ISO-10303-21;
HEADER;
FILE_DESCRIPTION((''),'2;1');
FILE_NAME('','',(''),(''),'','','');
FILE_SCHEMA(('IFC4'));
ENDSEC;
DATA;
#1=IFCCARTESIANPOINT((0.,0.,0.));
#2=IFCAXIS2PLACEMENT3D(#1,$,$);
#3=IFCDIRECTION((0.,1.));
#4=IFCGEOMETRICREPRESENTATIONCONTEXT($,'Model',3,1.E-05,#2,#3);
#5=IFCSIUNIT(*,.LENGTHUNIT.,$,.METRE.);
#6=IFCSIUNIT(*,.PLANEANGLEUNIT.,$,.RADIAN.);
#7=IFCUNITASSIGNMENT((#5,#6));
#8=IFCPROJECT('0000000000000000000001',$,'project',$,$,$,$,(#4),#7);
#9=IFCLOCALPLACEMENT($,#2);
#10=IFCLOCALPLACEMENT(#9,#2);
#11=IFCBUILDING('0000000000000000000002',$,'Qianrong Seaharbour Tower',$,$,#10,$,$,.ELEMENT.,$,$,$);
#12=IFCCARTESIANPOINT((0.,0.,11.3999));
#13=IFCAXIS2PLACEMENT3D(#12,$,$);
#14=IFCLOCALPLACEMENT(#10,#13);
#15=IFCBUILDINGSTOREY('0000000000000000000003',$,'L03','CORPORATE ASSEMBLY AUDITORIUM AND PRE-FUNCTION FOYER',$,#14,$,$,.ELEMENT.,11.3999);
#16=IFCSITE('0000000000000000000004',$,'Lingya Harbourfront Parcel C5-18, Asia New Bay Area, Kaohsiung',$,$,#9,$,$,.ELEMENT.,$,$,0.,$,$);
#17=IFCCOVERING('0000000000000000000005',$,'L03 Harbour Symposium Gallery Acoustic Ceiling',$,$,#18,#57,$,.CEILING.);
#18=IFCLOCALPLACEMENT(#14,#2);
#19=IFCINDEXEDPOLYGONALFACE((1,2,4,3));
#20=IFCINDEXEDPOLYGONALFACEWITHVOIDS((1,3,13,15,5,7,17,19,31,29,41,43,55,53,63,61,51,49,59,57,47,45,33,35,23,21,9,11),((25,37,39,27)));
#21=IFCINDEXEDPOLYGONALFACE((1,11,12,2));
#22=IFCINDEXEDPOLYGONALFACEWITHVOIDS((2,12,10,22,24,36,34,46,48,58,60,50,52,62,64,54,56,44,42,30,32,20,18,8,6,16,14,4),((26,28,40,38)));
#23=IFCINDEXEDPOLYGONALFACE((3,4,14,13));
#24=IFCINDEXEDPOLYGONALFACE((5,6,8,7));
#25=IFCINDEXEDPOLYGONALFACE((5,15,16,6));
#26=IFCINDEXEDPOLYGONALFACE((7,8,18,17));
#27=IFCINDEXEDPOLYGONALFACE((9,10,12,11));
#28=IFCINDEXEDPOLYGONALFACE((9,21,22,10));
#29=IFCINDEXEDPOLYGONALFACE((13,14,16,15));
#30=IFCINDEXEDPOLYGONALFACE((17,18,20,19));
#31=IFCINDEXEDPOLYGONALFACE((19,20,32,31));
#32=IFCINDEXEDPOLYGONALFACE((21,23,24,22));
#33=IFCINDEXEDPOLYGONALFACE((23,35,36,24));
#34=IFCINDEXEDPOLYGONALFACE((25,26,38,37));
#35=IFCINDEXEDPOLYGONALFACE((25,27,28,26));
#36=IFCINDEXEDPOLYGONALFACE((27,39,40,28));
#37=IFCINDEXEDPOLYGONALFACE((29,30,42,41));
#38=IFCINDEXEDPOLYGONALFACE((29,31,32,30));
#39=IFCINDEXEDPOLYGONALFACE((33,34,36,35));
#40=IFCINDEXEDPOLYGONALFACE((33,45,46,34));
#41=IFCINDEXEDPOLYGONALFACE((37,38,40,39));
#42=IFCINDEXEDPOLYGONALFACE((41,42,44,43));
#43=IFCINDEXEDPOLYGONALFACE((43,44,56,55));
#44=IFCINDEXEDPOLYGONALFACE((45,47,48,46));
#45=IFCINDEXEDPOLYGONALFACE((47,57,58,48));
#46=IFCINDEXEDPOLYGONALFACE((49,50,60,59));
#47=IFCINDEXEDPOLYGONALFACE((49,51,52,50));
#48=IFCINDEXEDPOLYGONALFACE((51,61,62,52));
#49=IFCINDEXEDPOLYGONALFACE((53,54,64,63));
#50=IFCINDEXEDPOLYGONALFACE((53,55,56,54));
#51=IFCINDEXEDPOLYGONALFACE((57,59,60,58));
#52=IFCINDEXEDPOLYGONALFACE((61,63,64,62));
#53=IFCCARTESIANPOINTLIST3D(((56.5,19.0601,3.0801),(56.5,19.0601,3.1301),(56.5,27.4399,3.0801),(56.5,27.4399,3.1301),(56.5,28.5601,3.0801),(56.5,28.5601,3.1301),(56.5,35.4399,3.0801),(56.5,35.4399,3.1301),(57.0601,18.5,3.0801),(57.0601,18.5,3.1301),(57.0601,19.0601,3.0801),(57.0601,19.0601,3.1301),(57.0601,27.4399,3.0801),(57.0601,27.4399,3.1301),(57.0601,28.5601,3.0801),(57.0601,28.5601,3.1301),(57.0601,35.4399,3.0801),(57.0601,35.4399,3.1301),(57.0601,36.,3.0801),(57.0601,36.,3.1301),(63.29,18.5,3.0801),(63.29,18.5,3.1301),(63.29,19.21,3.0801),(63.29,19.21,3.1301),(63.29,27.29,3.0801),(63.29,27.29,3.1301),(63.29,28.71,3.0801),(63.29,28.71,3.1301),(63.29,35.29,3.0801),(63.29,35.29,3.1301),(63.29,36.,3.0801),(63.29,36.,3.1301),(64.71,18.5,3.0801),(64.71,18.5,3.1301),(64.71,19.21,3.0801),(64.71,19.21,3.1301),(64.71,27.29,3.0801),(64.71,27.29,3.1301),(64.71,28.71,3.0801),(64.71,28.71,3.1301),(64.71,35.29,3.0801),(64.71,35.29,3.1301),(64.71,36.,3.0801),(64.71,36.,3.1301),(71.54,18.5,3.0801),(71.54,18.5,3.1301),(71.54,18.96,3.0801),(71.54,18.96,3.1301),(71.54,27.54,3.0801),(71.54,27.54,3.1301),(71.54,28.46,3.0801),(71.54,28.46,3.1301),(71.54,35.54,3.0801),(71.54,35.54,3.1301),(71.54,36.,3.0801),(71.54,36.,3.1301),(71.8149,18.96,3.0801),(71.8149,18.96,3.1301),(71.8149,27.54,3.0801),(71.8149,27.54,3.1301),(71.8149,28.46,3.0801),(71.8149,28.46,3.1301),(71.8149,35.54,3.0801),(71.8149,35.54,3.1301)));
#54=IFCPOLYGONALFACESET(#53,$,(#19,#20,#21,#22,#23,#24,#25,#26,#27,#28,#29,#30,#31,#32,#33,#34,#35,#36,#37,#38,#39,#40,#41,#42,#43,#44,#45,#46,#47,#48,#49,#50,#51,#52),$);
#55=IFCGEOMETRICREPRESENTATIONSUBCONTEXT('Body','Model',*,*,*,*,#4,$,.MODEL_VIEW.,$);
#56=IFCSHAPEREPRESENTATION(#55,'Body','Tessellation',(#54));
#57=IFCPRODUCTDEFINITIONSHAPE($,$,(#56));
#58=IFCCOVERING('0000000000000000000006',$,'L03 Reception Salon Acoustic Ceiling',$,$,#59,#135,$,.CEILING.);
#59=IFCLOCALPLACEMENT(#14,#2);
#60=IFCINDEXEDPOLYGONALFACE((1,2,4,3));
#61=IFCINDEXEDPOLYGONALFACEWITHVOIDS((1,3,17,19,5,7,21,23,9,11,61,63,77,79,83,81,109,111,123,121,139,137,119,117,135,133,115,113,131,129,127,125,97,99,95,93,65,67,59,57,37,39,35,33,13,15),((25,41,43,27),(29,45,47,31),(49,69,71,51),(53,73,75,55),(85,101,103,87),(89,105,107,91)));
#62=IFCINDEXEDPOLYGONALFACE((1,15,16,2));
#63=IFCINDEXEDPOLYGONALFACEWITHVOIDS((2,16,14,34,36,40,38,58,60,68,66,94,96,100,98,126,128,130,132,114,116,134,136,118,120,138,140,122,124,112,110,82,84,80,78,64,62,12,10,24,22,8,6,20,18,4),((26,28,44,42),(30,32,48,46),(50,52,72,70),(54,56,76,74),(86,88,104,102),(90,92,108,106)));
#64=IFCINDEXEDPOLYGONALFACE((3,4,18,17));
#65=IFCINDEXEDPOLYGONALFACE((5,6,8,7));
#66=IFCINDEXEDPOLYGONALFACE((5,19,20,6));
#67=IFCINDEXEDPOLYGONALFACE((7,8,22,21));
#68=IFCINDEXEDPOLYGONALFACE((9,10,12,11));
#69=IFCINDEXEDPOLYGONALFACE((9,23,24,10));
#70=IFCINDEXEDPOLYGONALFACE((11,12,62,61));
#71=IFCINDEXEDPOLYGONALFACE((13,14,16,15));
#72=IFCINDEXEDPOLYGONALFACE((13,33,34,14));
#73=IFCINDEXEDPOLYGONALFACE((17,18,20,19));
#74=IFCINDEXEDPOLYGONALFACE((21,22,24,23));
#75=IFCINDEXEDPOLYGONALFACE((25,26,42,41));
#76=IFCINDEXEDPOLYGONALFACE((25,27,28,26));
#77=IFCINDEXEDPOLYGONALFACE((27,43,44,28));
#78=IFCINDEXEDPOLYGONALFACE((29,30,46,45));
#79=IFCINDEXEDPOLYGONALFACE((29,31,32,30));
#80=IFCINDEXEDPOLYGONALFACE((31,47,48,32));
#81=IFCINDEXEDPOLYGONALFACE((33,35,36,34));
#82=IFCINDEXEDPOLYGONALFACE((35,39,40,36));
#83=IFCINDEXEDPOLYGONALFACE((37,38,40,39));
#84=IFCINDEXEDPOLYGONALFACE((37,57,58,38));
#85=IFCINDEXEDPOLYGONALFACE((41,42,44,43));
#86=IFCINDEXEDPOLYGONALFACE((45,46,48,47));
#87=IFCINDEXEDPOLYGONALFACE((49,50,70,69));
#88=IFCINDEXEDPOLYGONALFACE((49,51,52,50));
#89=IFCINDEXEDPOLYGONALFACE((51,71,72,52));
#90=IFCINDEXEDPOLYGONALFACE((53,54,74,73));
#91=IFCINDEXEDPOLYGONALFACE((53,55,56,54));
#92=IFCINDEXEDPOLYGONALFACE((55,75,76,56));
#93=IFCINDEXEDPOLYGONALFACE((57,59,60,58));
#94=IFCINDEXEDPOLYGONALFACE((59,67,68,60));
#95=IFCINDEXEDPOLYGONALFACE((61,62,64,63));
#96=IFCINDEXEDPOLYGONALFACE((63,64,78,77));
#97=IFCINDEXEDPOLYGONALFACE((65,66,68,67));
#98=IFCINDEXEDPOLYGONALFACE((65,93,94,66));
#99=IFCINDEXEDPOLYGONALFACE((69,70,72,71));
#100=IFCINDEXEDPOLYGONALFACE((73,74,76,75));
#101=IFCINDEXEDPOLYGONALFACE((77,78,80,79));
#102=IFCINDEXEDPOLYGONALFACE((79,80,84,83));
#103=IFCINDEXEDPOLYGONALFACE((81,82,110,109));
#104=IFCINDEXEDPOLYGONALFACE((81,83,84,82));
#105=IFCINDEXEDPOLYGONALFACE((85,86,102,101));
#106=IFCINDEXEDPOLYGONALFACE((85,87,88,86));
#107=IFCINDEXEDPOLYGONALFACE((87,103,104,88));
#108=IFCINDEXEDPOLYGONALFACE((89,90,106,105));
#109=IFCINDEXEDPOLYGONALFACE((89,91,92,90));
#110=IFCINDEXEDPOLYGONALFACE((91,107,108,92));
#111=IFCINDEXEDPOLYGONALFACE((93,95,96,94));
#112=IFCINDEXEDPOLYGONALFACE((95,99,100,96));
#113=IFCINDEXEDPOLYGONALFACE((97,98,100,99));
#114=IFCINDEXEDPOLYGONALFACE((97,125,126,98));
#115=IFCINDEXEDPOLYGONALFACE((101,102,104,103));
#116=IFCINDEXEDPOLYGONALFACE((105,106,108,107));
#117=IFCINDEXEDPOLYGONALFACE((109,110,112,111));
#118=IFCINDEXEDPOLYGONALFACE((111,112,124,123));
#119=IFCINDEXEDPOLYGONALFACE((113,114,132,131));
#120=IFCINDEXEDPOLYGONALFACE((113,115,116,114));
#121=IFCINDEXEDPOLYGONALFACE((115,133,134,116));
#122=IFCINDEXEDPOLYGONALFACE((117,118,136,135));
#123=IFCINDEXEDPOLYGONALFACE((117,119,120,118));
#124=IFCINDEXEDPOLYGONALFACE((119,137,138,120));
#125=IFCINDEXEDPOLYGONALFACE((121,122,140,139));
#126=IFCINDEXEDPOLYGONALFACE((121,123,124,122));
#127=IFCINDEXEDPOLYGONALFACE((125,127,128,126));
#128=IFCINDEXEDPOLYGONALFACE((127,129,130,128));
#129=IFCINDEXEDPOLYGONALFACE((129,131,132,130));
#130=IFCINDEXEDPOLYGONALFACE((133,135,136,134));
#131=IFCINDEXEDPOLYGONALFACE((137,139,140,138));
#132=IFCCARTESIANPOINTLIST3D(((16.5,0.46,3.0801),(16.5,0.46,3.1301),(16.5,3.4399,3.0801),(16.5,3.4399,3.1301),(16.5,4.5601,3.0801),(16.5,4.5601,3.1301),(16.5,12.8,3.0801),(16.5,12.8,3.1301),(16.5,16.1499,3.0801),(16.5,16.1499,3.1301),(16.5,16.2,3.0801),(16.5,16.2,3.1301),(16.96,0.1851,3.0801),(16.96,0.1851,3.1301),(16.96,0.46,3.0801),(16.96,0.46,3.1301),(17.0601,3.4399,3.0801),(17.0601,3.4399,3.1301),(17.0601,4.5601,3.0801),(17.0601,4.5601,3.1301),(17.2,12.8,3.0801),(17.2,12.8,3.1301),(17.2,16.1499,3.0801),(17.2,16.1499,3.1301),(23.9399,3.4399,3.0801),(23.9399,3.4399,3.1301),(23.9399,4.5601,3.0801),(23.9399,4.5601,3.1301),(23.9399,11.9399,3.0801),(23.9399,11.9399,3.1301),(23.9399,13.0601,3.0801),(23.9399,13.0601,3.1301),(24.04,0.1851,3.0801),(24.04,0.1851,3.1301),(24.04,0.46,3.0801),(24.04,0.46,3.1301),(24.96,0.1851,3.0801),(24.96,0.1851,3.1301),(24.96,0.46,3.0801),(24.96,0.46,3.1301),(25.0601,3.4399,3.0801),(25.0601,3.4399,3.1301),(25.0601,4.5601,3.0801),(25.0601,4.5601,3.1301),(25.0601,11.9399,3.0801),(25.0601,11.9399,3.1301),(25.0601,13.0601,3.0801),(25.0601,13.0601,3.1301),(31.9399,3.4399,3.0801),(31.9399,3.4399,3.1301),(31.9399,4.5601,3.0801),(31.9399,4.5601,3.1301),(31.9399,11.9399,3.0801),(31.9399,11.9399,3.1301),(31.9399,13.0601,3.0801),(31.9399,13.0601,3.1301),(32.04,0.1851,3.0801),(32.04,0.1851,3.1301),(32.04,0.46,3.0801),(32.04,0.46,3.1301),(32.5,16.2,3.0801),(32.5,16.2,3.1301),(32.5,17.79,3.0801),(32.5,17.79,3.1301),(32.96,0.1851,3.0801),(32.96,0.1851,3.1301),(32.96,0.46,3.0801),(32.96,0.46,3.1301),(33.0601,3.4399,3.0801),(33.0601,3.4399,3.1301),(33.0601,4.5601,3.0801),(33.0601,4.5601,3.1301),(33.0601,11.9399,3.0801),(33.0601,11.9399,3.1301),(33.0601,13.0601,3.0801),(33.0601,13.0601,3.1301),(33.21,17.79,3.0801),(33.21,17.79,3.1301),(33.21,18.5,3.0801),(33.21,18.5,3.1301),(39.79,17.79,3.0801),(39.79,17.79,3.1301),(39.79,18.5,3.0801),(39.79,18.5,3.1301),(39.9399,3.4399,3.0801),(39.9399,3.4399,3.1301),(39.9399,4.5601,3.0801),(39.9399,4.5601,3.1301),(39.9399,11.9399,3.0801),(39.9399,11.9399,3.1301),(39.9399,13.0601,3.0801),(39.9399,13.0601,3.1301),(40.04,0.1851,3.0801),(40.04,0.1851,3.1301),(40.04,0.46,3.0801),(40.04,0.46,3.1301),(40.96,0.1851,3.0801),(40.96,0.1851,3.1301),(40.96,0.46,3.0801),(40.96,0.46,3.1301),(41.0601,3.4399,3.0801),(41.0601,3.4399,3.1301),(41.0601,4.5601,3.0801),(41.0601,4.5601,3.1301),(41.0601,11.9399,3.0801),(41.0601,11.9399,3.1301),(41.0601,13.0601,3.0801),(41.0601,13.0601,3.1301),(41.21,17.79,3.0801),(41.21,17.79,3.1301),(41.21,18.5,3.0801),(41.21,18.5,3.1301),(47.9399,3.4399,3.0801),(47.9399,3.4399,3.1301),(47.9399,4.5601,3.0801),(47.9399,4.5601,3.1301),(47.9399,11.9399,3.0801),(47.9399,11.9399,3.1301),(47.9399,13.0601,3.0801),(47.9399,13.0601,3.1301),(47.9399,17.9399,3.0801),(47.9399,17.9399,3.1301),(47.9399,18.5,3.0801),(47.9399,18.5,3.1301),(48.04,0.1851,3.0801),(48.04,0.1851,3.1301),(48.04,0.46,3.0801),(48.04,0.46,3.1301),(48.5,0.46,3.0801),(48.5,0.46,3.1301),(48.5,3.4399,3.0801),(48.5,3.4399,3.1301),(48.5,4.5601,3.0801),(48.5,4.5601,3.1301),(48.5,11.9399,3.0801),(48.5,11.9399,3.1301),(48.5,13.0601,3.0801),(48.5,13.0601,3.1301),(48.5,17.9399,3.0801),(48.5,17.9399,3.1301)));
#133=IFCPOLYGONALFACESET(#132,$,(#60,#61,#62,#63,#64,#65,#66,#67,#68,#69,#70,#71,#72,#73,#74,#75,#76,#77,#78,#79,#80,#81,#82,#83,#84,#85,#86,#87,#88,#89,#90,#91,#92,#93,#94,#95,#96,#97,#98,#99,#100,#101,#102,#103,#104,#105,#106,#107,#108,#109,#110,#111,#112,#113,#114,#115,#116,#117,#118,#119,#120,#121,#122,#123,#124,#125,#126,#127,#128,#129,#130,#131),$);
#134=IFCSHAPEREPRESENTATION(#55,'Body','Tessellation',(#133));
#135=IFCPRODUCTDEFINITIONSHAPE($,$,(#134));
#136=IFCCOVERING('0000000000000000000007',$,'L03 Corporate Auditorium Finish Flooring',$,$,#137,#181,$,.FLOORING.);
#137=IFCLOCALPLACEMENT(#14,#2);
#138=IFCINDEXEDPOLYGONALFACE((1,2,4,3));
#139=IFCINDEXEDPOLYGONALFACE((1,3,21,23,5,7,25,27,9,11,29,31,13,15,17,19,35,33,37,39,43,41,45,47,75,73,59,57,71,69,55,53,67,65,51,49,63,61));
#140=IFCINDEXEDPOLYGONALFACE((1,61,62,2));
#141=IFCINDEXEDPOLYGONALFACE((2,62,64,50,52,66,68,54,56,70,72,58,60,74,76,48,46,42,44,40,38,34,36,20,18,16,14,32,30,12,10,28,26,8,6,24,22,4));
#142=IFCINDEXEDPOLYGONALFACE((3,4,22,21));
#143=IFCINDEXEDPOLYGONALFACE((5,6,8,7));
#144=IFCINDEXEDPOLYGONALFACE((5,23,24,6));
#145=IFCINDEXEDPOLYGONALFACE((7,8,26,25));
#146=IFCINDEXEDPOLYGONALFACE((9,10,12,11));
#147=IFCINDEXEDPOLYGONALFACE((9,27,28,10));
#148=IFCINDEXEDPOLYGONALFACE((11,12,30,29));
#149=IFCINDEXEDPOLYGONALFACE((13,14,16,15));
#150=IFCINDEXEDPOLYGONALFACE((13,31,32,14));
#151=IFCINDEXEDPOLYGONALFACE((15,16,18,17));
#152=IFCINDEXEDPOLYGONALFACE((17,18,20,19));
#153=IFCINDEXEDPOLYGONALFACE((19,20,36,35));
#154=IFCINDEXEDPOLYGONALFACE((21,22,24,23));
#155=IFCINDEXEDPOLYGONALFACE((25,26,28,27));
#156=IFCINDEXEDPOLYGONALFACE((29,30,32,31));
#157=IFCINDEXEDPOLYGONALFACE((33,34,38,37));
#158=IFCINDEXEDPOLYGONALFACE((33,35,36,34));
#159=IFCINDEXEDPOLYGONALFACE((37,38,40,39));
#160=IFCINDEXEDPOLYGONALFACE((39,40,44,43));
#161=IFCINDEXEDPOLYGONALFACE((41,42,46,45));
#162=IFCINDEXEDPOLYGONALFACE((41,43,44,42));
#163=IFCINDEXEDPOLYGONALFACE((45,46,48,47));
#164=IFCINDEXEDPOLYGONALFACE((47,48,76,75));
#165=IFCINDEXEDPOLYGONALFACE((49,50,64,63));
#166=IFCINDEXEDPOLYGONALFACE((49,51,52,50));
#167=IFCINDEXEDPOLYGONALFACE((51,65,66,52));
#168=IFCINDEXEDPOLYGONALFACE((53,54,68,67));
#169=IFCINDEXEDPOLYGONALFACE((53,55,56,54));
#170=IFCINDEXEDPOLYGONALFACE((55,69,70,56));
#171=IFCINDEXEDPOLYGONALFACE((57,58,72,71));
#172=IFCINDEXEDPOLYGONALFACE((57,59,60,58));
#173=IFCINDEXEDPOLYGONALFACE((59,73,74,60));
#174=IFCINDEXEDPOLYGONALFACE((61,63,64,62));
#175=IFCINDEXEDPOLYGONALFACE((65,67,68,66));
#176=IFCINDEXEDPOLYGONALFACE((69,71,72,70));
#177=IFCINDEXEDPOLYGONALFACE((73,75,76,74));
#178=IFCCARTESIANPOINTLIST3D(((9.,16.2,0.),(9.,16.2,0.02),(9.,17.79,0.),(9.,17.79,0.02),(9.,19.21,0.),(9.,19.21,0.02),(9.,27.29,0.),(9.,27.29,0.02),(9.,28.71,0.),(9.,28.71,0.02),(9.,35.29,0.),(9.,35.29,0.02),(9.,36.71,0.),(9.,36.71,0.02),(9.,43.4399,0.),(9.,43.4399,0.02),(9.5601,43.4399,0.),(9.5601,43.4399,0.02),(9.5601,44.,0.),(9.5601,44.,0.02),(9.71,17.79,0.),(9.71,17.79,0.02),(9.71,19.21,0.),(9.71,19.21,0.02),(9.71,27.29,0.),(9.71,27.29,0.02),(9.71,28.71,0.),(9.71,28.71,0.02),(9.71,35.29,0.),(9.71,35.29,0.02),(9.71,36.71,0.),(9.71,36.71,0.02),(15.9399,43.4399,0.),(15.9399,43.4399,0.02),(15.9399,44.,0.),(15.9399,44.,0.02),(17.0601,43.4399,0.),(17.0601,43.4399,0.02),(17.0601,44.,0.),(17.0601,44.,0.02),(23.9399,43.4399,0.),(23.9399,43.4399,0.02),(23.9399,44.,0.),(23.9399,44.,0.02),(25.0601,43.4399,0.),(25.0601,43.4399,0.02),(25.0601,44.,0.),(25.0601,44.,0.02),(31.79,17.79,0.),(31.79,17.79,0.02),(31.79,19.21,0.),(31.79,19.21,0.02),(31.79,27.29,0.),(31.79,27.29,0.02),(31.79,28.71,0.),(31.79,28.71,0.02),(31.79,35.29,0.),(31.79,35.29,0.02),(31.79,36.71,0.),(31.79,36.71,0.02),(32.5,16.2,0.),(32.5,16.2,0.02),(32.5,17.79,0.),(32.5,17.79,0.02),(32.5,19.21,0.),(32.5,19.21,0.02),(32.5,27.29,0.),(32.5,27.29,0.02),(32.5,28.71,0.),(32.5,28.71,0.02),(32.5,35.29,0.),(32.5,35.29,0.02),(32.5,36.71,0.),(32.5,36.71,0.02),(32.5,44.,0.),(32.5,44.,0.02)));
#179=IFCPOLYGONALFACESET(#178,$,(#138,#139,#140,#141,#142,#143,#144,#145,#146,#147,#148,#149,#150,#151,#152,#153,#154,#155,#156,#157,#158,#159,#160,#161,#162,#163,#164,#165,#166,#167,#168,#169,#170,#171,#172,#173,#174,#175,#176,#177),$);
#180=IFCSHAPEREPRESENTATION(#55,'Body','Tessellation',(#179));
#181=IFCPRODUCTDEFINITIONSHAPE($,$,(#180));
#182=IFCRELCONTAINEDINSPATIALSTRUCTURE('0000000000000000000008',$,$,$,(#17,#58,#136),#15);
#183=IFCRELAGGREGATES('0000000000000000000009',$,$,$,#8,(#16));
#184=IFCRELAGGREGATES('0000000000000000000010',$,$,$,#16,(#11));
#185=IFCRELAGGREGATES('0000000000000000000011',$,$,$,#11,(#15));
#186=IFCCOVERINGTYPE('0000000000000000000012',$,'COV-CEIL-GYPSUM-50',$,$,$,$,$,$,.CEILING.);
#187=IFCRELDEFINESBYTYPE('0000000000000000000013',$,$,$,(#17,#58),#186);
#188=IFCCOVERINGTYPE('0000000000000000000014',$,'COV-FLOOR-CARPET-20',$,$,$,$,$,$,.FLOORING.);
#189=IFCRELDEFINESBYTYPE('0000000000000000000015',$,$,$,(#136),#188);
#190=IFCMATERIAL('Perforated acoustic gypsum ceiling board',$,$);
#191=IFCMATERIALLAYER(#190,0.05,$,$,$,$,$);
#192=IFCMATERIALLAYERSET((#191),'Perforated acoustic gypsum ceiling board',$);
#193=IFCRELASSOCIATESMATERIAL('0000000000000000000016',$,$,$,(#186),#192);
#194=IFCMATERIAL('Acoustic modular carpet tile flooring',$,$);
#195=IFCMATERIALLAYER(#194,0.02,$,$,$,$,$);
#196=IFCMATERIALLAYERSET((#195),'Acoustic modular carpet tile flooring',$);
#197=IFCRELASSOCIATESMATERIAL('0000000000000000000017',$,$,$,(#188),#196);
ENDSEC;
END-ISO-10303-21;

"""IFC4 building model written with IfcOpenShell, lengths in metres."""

from ifc_helpers import new_model, si_unit, direction, frame, origin, place, context, subcontext, project, spatial, polyline, outline, extrude, material, layer, layer_set, type_object, element, save


model = new_model("IFC4")

# Units and contexts
model_context = context("Model", 3, precision=1e-05, world=origin(), true_north=direction((0.0, 1.0)))
body_context = subcontext(model_context, "Body", "Model", "MODEL_VIEW")
ifc_project = project(units=[si_unit("LENGTHUNIT", "METRE"), si_unit("PLANEANGLEUNIT", "RADIAN")], contexts=[model_context])

# Site, building, storey
site_placement = place(None, origin())
site = spatial("IfcSite", under=ifc_project, at=site_placement, Name="Lingya Harbourfront Parcel C5-18, Asia New Bay Area, Kaohsiung", CompositionType="ELEMENT", RefElevation=0.0)
building_placement = place(site_placement, origin())
building = spatial("IfcBuilding", under=site, at=building_placement, Name="Qianrong Seaharbour Tower", CompositionType="ELEMENT")
storey_placement = place(building_placement, frame((0.0, 0.0, 11.3999)))
storey = spatial("IfcBuildingStorey", under=building, at=storey_placement, Name="L03", Description="CORPORATE ASSEMBLY AUDITORIUM AND PRE-FUNCTION FOYER", CompositionType="ELEMENT", Elevation=11.3999)

# Coverings
ifc_material_1 = material(Name="Perforated acoustic gypsum ceiling board")
ifc_layer_1 = layer(ifc_material_1, 0.05)
ifc_layer_set_1 = layer_set([ifc_layer_1], Name="Perforated acoustic gypsum ceiling board")
covering_type_1 = type_object("IfcCoveringType", Name="COV-CEIL-GYPSUM-50", PredefinedType="CEILING", material=ifc_layer_set_1)
covering_1_placement = place(storey_placement, frame((0.0, 0.0, 3.0801)))
element("IfcCovering", 1, at=covering_1_placement, inside=storey, type_object=covering_type_1, Name="L03 Harbour Symposium Gallery Acoustic Ceiling", PredefinedType="CEILING", context=body_context, shape_type="SweptSolid", body=[
    extrude(outline(polyline([(63.29, 36.0), (63.29, 35.29), (64.71, 35.29), (64.71, 36.0), (71.54, 36.0), (71.54, 35.54), (71.8149, 35.54), (71.8149, 28.46), (71.54, 28.46), (71.54, 27.54), (71.8149, 27.54), (71.8149, 18.96), (71.54, 18.96), (71.54, 18.5), (64.71, 18.5), (64.71, 19.21), (63.29, 19.21), (63.29, 18.5), (57.0601, 18.5), (57.0601, 19.0601), (56.5, 19.0601), (56.5, 27.4399), (57.0601, 27.4399), (57.0601, 28.5601), (56.5, 28.5601), (56.5, 35.4399), (57.0601, 35.4399), (57.0601, 36.0), (63.29, 36.0)]), holes=[polyline([(63.29, 27.29), (64.71, 27.29), (64.71, 28.71), (63.29, 28.71), (63.29, 27.29)])]), origin(), (0.0, 0.0, 1.0), 0.05),
])
covering_2_placement = place(storey_placement, frame((0.0, 0.0, 3.0801)))
element("IfcCovering", 2, at=covering_2_placement, inside=storey, type_object=covering_type_1, Name="L03 Reception Salon Acoustic Ceiling", PredefinedType="CEILING", context=body_context, shape_type="SweptSolid", body=[
    extrude(outline(polyline([(48.5, 13.0601), (47.9399, 13.0601), (47.9399, 11.9399), (48.5, 11.9399), (48.5, 4.5601), (47.9399, 4.5601), (47.9399, 3.4399), (48.5, 3.4399), (48.5, 0.46), (48.04, 0.46), (48.04, 0.1851), (40.96, 0.1851), (40.96, 0.46), (40.04, 0.46), (40.04, 0.1851), (32.96, 0.1851), (32.96, 0.46), (32.04, 0.46), (32.04, 0.1851), (24.96, 0.1851), (24.96, 0.46), (24.04, 0.46), (24.04, 0.1851), (16.96, 0.1851), (16.96, 0.46), (16.5, 0.46), (16.5, 3.4399), (17.0601, 3.4399), (17.0601, 4.5601), (16.5, 4.5601), (16.5, 12.8), (17.2, 12.8), (17.2, 16.1499), (16.5, 16.1499), (16.5, 16.2), (32.5, 16.2), (32.5, 17.79), (33.21, 17.79), (33.21, 18.5), (39.79, 18.5), (39.79, 17.79), (41.21, 17.79), (41.21, 18.5), (47.9399, 18.5), (47.9399, 17.9399), (48.5, 17.9399), (48.5, 13.0601)]), holes=[polyline([(39.9399, 3.4399), (41.0601, 3.4399), (41.0601, 4.5601), (39.9399, 4.5601), (39.9399, 3.4399)]), polyline([(39.9399, 11.9399), (41.0601, 11.9399), (41.0601, 13.0601), (39.9399, 13.0601), (39.9399, 11.9399)]), polyline([(31.9399, 3.4399), (33.0601, 3.4399), (33.0601, 4.5601), (31.9399, 4.5601), (31.9399, 3.4399)]), polyline([(31.9399, 11.9399), (33.0601, 11.9399), (33.0601, 13.0601), (31.9399, 13.0601), (31.9399, 11.9399)]), polyline([(23.9399, 3.4399), (25.0601, 3.4399), (25.0601, 4.5601), (23.9399, 4.5601), (23.9399, 3.4399)]), polyline([(23.9399, 11.9399), (25.0601, 11.9399), (25.0601, 13.0601), (23.9399, 13.0601), (23.9399, 11.9399)])]), origin(), (0.0, 0.0, 1.0), 0.05),
])
ifc_material_2 = material(Name="Acoustic modular carpet tile flooring")
ifc_layer_2 = layer(ifc_material_2, 0.02)
ifc_layer_set_2 = layer_set([ifc_layer_2], Name="Acoustic modular carpet tile flooring")
covering_type_2 = type_object("IfcCoveringType", Name="COV-FLOOR-CARPET-20", PredefinedType="FLOORING", material=ifc_layer_set_2)
covering_3_placement = place(storey_placement, origin())
element("IfcCovering", 3, at=covering_3_placement, inside=storey, type_object=covering_type_2, Name="L03 Corporate Auditorium Finish Flooring", PredefinedType="FLOORING", context=body_context, shape_type="SweptSolid", body=[
    extrude(outline(polyline([(15.9399, 44.0), (15.9399, 43.4399), (17.0601, 43.4399), (17.0601, 44.0), (23.9399, 44.0), (23.9399, 43.4399), (25.0601, 43.4399), (25.0601, 44.0), (32.5, 44.0), (32.5, 36.71), (31.79, 36.71), (31.79, 35.29), (32.5, 35.29), (32.5, 28.71), (31.79, 28.71), (31.79, 27.29), (32.5, 27.29), (32.5, 19.21), (31.79, 19.21), (31.79, 17.79), (32.5, 17.79), (32.5, 16.2), (9.0, 16.2), (9.0, 17.79), (9.71, 17.79), (9.71, 19.21), (9.0, 19.21), (9.0, 27.29), (9.71, 27.29), (9.71, 28.71), (9.0, 28.71), (9.0, 35.29), (9.71, 35.29), (9.71, 36.71), (9.0, 36.71), (9.0, 43.4399), (9.5601, 43.4399), (9.5601, 44.0), (15.9399, 44.0)])), origin(), (0.0, 0.0, 1.0), 0.02),
])

save(model, "model.ifc")
